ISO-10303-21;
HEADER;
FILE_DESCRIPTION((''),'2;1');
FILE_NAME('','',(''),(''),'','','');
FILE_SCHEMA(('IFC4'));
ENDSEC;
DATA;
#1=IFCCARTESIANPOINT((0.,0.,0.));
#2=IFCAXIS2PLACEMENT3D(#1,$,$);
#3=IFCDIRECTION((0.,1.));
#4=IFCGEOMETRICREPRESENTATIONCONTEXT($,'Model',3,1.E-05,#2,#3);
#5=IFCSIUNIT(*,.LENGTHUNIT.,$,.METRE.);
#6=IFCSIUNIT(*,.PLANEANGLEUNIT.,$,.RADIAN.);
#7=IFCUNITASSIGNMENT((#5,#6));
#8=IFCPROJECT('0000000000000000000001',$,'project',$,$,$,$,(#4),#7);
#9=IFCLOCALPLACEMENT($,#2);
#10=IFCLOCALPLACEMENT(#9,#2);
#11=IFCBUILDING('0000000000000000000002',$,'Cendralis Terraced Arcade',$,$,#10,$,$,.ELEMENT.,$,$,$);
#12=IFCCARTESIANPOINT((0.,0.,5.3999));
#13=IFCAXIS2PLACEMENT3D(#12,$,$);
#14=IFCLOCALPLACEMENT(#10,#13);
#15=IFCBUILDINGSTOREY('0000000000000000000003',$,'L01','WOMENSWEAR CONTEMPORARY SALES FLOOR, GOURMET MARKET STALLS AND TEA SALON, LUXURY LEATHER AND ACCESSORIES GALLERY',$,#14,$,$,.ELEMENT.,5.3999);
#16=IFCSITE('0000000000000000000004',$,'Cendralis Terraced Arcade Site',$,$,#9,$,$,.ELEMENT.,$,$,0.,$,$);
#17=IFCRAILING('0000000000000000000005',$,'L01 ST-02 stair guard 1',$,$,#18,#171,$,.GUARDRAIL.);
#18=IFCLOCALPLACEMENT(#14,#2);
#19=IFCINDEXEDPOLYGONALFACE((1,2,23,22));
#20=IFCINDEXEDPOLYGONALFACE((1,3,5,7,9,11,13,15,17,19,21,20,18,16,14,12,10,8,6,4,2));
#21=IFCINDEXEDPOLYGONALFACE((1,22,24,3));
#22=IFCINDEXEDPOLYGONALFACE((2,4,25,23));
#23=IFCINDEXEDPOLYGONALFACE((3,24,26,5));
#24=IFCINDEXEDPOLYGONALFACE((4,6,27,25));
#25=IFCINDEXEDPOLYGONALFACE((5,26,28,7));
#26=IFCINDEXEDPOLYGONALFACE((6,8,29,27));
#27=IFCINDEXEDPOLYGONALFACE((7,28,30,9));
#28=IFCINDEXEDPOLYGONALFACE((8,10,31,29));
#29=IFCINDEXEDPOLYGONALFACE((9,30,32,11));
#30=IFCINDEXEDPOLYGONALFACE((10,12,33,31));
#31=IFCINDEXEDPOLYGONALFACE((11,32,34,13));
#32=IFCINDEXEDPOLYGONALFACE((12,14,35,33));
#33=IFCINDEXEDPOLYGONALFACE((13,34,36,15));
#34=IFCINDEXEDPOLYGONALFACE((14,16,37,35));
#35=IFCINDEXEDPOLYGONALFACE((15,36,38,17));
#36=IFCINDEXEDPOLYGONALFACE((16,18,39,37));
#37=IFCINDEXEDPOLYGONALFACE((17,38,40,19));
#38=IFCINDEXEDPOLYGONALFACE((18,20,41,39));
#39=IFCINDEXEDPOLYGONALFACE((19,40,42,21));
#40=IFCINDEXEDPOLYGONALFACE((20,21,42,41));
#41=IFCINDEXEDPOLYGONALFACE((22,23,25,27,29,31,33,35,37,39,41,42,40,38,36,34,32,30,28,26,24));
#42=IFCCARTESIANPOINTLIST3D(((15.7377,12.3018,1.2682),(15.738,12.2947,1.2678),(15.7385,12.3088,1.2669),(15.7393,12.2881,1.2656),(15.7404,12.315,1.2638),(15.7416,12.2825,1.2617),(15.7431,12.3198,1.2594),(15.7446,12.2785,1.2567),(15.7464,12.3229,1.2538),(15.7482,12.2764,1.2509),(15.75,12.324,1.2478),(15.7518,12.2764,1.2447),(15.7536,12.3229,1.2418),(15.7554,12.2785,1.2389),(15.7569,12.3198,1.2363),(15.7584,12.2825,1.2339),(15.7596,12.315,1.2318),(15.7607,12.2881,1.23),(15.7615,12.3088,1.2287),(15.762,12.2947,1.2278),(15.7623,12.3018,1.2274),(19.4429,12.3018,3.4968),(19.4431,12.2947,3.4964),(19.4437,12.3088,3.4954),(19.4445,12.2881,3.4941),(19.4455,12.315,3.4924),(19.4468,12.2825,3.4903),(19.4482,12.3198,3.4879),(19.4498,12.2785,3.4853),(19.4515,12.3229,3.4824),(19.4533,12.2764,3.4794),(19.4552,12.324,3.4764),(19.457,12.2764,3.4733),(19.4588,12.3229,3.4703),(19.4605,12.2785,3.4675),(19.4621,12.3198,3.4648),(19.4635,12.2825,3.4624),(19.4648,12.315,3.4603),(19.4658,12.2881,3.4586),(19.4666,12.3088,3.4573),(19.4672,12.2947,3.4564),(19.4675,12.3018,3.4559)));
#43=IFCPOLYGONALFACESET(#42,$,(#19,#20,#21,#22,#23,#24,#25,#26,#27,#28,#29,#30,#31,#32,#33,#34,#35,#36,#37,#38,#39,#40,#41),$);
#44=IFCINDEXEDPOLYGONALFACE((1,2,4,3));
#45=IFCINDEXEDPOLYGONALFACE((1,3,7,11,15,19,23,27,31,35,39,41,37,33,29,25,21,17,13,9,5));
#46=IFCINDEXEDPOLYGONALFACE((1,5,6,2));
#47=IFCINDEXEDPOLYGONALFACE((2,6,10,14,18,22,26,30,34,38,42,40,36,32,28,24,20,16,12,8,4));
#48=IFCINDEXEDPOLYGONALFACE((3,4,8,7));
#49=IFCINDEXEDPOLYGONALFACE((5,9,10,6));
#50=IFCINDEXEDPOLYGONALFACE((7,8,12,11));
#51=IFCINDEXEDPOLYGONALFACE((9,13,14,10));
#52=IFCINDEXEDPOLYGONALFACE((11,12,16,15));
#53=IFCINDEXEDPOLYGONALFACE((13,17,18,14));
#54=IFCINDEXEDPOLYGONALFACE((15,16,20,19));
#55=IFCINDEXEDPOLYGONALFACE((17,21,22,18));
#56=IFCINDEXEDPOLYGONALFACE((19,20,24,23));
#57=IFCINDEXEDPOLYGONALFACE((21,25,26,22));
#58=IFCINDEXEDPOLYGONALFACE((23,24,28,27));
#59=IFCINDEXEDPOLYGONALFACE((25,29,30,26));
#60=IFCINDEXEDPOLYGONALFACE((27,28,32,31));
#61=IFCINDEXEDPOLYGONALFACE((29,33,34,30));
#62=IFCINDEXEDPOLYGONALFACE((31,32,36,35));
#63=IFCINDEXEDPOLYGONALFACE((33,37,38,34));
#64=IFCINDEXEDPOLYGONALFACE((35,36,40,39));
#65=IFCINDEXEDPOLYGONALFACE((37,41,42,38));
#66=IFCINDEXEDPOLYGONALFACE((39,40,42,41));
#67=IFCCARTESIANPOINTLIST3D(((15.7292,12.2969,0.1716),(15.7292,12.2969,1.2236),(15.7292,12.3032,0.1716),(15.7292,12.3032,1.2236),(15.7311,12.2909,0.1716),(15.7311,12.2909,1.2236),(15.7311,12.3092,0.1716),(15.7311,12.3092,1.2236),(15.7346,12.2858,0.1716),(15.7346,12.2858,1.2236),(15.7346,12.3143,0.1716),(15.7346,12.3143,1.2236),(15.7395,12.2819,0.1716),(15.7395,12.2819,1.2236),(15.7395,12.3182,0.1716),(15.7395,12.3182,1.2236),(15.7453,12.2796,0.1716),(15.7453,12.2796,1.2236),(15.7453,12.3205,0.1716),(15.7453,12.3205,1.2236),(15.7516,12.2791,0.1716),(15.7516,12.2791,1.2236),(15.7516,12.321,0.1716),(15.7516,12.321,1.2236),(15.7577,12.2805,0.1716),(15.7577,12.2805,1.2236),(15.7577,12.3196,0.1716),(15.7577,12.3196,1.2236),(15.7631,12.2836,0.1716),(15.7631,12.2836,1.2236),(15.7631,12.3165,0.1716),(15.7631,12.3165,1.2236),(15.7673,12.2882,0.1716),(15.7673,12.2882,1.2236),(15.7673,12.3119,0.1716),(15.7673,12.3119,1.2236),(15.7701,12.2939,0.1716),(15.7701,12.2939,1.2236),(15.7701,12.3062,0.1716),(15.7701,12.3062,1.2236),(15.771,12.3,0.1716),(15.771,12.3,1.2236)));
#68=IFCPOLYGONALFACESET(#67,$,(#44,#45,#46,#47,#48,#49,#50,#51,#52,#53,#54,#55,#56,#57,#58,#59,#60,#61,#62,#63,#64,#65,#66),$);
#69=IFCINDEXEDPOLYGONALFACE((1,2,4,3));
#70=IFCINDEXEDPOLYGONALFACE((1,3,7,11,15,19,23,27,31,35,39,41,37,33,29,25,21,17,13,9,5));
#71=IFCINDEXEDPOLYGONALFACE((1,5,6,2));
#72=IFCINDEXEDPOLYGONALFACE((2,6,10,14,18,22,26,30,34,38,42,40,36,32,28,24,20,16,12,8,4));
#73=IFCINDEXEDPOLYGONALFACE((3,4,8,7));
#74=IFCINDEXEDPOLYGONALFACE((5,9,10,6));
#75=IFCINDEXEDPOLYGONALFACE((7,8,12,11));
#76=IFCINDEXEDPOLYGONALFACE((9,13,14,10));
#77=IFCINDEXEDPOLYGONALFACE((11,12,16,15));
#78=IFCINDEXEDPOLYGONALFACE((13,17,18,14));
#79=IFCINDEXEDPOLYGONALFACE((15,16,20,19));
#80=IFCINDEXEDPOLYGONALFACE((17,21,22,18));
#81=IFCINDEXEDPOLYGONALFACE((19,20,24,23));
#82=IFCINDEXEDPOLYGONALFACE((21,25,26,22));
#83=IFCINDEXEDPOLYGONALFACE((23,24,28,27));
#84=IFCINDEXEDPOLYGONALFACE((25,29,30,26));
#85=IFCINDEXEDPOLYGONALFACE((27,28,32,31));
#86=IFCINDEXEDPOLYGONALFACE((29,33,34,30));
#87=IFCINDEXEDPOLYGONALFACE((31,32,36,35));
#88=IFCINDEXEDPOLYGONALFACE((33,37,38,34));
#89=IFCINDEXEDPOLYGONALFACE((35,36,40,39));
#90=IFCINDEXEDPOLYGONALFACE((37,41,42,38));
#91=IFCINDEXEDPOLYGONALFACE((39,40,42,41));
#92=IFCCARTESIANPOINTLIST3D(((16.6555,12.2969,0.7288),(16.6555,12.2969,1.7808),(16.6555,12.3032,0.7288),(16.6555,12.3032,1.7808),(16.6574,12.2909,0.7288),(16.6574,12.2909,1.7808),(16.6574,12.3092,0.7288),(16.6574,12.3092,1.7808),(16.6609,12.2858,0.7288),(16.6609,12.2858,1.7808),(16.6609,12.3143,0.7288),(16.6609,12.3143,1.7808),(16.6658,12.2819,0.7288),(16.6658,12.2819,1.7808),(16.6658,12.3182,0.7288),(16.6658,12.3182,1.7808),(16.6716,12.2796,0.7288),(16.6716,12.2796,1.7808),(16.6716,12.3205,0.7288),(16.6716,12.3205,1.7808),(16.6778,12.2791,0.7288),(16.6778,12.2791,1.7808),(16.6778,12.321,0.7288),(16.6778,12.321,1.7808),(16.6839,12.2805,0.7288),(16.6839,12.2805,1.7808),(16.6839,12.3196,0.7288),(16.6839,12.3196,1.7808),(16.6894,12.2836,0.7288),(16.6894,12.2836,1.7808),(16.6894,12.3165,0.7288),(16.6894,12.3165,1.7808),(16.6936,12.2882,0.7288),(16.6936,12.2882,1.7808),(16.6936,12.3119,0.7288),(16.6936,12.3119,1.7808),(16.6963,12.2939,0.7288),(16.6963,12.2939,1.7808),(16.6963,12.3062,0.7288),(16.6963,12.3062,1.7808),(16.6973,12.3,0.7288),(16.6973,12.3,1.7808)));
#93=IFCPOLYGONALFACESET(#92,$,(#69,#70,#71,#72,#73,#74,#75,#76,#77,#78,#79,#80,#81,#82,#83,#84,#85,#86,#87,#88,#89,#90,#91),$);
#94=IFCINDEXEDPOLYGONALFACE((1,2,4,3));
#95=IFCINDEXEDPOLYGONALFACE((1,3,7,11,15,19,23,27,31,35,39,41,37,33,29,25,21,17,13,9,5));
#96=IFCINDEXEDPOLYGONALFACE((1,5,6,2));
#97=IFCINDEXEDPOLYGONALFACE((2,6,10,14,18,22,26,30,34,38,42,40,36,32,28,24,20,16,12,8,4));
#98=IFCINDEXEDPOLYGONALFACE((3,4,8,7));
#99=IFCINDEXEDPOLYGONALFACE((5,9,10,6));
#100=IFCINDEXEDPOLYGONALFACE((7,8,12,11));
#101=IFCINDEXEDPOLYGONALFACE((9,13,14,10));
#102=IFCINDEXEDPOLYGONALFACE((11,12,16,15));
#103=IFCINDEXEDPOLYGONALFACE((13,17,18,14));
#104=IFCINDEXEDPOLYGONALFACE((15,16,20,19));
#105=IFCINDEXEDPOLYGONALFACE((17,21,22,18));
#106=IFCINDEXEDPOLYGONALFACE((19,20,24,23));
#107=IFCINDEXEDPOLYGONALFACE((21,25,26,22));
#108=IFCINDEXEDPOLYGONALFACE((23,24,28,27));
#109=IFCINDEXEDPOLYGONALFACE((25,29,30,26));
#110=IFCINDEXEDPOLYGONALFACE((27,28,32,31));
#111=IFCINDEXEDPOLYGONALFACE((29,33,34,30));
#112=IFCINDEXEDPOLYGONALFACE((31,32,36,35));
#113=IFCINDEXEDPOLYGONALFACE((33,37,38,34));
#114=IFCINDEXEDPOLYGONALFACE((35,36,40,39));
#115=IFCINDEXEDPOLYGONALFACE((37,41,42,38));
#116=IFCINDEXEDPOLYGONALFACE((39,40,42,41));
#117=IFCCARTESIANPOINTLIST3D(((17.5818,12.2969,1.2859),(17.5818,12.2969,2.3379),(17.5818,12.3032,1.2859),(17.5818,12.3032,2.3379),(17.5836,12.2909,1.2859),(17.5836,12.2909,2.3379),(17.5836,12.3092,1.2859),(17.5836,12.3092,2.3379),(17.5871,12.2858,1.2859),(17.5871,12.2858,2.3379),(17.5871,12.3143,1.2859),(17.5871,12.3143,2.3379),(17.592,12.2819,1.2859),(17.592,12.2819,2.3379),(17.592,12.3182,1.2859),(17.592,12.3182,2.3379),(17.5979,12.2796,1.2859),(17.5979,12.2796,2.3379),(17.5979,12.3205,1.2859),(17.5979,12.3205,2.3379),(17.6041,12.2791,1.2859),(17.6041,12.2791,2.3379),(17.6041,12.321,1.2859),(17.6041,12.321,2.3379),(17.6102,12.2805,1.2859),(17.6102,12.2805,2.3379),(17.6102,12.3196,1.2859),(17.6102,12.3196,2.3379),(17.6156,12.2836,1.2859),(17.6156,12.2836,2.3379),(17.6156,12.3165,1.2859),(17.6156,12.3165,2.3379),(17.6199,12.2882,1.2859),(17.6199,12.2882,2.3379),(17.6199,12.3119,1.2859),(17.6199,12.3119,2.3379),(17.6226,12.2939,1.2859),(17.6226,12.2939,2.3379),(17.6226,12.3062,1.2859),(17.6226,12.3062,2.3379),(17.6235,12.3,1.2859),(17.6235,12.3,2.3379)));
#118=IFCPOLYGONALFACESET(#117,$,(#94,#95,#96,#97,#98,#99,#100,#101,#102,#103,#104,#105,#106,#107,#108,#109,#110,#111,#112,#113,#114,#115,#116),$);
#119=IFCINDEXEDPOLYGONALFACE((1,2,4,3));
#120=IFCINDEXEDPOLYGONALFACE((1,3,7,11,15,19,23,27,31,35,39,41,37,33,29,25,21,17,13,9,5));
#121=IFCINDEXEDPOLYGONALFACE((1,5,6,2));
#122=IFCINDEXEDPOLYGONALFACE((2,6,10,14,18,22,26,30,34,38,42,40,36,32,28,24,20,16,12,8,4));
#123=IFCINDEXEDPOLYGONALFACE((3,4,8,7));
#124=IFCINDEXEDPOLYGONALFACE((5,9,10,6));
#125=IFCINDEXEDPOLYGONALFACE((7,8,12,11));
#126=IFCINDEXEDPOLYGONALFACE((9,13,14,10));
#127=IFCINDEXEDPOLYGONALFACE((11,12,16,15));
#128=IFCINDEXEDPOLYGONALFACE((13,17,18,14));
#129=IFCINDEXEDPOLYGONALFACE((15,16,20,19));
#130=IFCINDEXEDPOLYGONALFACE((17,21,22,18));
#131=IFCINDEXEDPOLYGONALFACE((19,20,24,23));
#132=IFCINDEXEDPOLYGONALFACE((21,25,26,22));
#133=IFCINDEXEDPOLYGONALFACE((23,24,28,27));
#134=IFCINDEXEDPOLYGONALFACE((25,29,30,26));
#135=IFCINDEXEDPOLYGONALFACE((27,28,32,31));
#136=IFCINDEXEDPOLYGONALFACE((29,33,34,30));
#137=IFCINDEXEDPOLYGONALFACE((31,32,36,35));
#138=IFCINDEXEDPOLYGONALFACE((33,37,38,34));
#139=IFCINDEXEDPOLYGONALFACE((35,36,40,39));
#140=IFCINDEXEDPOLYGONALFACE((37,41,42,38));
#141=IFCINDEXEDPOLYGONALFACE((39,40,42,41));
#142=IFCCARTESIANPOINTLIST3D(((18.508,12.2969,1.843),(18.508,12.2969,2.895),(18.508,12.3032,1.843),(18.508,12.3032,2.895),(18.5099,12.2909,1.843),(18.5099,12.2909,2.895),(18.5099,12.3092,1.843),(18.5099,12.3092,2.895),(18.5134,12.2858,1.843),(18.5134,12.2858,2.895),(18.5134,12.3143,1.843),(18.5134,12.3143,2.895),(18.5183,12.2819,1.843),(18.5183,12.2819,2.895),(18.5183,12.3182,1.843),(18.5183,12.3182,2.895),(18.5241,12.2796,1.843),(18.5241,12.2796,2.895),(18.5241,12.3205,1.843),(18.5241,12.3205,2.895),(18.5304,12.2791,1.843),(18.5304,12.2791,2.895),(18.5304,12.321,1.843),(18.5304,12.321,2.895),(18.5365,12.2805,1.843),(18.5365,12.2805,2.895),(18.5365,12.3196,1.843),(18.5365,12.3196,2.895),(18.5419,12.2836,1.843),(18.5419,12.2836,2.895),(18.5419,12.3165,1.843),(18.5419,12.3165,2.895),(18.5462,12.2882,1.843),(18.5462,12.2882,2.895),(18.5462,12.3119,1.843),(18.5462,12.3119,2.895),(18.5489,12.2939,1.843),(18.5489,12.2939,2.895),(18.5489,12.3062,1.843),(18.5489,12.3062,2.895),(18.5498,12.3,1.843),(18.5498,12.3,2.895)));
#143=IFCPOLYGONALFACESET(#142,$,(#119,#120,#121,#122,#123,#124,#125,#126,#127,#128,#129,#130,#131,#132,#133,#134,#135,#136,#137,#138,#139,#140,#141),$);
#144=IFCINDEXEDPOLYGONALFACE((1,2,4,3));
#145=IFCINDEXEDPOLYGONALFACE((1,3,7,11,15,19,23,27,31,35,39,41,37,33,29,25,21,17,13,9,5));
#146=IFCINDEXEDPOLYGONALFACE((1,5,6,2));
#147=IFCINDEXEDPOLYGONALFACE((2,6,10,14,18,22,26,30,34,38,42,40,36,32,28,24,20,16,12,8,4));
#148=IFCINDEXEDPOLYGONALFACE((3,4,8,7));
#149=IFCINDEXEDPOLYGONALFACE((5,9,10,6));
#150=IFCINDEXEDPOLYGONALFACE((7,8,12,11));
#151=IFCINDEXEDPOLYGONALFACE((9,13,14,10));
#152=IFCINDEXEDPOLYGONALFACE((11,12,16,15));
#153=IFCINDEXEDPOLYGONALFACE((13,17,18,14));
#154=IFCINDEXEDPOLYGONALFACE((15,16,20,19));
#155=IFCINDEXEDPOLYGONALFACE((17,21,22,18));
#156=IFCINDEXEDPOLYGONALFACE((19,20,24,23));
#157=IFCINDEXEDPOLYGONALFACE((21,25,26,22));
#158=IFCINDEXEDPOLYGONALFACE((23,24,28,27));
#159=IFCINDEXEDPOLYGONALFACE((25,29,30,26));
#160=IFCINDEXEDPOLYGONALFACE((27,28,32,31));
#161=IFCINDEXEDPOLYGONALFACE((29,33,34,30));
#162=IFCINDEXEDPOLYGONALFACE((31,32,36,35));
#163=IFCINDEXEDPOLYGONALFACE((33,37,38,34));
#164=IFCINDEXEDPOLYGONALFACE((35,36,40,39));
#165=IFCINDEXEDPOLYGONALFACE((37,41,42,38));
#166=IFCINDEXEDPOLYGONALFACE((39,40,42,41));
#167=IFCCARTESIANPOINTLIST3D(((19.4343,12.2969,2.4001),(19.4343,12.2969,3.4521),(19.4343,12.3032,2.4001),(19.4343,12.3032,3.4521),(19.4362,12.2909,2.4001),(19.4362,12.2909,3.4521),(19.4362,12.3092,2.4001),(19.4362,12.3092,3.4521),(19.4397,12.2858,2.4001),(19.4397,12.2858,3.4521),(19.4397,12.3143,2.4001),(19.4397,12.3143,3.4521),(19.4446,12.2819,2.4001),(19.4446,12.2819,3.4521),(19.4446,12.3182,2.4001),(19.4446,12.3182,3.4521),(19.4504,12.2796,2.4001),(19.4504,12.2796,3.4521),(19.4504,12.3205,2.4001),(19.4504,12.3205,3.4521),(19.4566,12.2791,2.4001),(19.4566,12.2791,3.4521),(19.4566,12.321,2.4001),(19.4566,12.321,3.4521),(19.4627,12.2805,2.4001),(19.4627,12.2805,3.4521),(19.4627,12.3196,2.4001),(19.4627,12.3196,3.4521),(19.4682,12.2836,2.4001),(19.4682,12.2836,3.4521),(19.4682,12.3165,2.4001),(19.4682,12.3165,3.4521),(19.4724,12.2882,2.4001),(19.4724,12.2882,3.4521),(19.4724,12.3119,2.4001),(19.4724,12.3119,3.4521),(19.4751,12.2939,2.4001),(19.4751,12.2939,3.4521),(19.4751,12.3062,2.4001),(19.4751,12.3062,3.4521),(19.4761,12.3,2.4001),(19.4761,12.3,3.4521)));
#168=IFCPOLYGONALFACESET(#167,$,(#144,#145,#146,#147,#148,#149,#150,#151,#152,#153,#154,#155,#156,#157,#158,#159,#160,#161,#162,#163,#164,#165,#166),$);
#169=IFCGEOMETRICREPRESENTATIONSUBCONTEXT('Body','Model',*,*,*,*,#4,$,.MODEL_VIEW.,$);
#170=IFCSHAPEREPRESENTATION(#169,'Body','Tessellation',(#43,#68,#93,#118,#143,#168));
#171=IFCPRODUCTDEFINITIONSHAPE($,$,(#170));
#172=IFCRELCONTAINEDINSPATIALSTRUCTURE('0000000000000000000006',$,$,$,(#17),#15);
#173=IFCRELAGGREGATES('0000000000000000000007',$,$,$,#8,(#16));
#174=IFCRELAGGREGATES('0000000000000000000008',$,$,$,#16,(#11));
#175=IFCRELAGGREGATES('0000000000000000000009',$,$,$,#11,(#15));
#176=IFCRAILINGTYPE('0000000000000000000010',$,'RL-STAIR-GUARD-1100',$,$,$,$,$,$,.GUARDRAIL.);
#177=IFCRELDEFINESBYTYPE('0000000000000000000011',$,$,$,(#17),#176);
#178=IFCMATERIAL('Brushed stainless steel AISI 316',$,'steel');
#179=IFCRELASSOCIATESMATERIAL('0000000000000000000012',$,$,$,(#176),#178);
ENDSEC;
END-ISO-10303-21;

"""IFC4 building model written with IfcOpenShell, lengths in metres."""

from ifc_helpers import new_model, si_unit, direction, frame, origin, origin_2d, place, context, subcontext, project, spatial, circle, extrude, material, type_object, element, save


model = new_model("IFC4")

# Units and contexts
model_context = context("Model", 3, precision=1e-05, world=origin(), true_north=direction((0.0, 1.0)))
body_context = subcontext(model_context, "Body", "Model", "MODEL_VIEW")
ifc_project = project(units=[si_unit("LENGTHUNIT", "METRE"), si_unit("PLANEANGLEUNIT", "RADIAN")], contexts=[model_context])

# Site, building, storey
site_placement = place(None, origin())
site = spatial("IfcSite", under=ifc_project, at=site_placement, Name="Cendralis Terraced Arcade Site", CompositionType="ELEMENT", RefElevation=0.0)
building_placement = place(site_placement, origin())
building = spatial("IfcBuilding", under=site, at=building_placement, Name="Cendralis Terraced Arcade", CompositionType="ELEMENT")
storey_placement = place(building_placement, frame((0.0, 0.0, 5.3999)))
storey = spatial("IfcBuildingStorey", under=building, at=storey_placement, Name="L01", Description="WOMENSWEAR CONTEMPORARY SALES FLOOR, GOURMET MARKET STALLS AND TEA SALON, LUXURY LEATHER AND ACCESSORIES GALLERY", CompositionType="ELEMENT", Elevation=5.3999)

# Railing
ifc_material_1 = material(Name="Brushed stainless steel AISI 316", Category="steel")
railing_type_1 = type_object("IfcRailingType", Name="RL-STAIR-GUARD-1100", PredefinedType="GUARDRAIL", material=ifc_material_1)
railing_1_placement = place(storey_placement, frame((15.75, 12.3, 0.1716)))
element("IfcRailing", 1, at=railing_1_placement, inside=storey, type_object=railing_type_1, Name="L01 ST-02 stair guard 1", PredefinedType="GUARDRAIL", context=body_context, shape_type="SweptSolid", body=[
    extrude(circle(Radius=0.0239, at=origin_2d()), frame((0.0, 0.0, 1.0762), z_axis=(0.856934, 0.0, 0.515425), x_axis=(0.0, 1.0, 0.0)), (0.0, 0.0, 1.0), 4.3237),
    extrude(circle(Radius=0.021, at=origin_2d()), origin(), (0.0, 0.0, 1.0), 1.052),
    extrude(circle(Radius=0.021, at=origin_2d()), frame((0.9263, 0.0, 0.5571)), (0.0, 0.0, 1.0), 1.052),
    extrude(circle(Radius=0.021, at=origin_2d()), frame((1.8525, 0.0, 1.1143)), (0.0, 0.0, 1.0), 1.052),
    extrude(circle(Radius=0.021, at=origin_2d()), frame((2.7788, 0.0, 1.6714)), (0.0, 0.0, 1.0), 1.052),
    extrude(circle(Radius=0.021, at=origin_2d()), frame((3.7051, 0.0, 2.2285)), (0.0, 0.0, 1.0), 1.052),
])

save(model, "model.ifc")
